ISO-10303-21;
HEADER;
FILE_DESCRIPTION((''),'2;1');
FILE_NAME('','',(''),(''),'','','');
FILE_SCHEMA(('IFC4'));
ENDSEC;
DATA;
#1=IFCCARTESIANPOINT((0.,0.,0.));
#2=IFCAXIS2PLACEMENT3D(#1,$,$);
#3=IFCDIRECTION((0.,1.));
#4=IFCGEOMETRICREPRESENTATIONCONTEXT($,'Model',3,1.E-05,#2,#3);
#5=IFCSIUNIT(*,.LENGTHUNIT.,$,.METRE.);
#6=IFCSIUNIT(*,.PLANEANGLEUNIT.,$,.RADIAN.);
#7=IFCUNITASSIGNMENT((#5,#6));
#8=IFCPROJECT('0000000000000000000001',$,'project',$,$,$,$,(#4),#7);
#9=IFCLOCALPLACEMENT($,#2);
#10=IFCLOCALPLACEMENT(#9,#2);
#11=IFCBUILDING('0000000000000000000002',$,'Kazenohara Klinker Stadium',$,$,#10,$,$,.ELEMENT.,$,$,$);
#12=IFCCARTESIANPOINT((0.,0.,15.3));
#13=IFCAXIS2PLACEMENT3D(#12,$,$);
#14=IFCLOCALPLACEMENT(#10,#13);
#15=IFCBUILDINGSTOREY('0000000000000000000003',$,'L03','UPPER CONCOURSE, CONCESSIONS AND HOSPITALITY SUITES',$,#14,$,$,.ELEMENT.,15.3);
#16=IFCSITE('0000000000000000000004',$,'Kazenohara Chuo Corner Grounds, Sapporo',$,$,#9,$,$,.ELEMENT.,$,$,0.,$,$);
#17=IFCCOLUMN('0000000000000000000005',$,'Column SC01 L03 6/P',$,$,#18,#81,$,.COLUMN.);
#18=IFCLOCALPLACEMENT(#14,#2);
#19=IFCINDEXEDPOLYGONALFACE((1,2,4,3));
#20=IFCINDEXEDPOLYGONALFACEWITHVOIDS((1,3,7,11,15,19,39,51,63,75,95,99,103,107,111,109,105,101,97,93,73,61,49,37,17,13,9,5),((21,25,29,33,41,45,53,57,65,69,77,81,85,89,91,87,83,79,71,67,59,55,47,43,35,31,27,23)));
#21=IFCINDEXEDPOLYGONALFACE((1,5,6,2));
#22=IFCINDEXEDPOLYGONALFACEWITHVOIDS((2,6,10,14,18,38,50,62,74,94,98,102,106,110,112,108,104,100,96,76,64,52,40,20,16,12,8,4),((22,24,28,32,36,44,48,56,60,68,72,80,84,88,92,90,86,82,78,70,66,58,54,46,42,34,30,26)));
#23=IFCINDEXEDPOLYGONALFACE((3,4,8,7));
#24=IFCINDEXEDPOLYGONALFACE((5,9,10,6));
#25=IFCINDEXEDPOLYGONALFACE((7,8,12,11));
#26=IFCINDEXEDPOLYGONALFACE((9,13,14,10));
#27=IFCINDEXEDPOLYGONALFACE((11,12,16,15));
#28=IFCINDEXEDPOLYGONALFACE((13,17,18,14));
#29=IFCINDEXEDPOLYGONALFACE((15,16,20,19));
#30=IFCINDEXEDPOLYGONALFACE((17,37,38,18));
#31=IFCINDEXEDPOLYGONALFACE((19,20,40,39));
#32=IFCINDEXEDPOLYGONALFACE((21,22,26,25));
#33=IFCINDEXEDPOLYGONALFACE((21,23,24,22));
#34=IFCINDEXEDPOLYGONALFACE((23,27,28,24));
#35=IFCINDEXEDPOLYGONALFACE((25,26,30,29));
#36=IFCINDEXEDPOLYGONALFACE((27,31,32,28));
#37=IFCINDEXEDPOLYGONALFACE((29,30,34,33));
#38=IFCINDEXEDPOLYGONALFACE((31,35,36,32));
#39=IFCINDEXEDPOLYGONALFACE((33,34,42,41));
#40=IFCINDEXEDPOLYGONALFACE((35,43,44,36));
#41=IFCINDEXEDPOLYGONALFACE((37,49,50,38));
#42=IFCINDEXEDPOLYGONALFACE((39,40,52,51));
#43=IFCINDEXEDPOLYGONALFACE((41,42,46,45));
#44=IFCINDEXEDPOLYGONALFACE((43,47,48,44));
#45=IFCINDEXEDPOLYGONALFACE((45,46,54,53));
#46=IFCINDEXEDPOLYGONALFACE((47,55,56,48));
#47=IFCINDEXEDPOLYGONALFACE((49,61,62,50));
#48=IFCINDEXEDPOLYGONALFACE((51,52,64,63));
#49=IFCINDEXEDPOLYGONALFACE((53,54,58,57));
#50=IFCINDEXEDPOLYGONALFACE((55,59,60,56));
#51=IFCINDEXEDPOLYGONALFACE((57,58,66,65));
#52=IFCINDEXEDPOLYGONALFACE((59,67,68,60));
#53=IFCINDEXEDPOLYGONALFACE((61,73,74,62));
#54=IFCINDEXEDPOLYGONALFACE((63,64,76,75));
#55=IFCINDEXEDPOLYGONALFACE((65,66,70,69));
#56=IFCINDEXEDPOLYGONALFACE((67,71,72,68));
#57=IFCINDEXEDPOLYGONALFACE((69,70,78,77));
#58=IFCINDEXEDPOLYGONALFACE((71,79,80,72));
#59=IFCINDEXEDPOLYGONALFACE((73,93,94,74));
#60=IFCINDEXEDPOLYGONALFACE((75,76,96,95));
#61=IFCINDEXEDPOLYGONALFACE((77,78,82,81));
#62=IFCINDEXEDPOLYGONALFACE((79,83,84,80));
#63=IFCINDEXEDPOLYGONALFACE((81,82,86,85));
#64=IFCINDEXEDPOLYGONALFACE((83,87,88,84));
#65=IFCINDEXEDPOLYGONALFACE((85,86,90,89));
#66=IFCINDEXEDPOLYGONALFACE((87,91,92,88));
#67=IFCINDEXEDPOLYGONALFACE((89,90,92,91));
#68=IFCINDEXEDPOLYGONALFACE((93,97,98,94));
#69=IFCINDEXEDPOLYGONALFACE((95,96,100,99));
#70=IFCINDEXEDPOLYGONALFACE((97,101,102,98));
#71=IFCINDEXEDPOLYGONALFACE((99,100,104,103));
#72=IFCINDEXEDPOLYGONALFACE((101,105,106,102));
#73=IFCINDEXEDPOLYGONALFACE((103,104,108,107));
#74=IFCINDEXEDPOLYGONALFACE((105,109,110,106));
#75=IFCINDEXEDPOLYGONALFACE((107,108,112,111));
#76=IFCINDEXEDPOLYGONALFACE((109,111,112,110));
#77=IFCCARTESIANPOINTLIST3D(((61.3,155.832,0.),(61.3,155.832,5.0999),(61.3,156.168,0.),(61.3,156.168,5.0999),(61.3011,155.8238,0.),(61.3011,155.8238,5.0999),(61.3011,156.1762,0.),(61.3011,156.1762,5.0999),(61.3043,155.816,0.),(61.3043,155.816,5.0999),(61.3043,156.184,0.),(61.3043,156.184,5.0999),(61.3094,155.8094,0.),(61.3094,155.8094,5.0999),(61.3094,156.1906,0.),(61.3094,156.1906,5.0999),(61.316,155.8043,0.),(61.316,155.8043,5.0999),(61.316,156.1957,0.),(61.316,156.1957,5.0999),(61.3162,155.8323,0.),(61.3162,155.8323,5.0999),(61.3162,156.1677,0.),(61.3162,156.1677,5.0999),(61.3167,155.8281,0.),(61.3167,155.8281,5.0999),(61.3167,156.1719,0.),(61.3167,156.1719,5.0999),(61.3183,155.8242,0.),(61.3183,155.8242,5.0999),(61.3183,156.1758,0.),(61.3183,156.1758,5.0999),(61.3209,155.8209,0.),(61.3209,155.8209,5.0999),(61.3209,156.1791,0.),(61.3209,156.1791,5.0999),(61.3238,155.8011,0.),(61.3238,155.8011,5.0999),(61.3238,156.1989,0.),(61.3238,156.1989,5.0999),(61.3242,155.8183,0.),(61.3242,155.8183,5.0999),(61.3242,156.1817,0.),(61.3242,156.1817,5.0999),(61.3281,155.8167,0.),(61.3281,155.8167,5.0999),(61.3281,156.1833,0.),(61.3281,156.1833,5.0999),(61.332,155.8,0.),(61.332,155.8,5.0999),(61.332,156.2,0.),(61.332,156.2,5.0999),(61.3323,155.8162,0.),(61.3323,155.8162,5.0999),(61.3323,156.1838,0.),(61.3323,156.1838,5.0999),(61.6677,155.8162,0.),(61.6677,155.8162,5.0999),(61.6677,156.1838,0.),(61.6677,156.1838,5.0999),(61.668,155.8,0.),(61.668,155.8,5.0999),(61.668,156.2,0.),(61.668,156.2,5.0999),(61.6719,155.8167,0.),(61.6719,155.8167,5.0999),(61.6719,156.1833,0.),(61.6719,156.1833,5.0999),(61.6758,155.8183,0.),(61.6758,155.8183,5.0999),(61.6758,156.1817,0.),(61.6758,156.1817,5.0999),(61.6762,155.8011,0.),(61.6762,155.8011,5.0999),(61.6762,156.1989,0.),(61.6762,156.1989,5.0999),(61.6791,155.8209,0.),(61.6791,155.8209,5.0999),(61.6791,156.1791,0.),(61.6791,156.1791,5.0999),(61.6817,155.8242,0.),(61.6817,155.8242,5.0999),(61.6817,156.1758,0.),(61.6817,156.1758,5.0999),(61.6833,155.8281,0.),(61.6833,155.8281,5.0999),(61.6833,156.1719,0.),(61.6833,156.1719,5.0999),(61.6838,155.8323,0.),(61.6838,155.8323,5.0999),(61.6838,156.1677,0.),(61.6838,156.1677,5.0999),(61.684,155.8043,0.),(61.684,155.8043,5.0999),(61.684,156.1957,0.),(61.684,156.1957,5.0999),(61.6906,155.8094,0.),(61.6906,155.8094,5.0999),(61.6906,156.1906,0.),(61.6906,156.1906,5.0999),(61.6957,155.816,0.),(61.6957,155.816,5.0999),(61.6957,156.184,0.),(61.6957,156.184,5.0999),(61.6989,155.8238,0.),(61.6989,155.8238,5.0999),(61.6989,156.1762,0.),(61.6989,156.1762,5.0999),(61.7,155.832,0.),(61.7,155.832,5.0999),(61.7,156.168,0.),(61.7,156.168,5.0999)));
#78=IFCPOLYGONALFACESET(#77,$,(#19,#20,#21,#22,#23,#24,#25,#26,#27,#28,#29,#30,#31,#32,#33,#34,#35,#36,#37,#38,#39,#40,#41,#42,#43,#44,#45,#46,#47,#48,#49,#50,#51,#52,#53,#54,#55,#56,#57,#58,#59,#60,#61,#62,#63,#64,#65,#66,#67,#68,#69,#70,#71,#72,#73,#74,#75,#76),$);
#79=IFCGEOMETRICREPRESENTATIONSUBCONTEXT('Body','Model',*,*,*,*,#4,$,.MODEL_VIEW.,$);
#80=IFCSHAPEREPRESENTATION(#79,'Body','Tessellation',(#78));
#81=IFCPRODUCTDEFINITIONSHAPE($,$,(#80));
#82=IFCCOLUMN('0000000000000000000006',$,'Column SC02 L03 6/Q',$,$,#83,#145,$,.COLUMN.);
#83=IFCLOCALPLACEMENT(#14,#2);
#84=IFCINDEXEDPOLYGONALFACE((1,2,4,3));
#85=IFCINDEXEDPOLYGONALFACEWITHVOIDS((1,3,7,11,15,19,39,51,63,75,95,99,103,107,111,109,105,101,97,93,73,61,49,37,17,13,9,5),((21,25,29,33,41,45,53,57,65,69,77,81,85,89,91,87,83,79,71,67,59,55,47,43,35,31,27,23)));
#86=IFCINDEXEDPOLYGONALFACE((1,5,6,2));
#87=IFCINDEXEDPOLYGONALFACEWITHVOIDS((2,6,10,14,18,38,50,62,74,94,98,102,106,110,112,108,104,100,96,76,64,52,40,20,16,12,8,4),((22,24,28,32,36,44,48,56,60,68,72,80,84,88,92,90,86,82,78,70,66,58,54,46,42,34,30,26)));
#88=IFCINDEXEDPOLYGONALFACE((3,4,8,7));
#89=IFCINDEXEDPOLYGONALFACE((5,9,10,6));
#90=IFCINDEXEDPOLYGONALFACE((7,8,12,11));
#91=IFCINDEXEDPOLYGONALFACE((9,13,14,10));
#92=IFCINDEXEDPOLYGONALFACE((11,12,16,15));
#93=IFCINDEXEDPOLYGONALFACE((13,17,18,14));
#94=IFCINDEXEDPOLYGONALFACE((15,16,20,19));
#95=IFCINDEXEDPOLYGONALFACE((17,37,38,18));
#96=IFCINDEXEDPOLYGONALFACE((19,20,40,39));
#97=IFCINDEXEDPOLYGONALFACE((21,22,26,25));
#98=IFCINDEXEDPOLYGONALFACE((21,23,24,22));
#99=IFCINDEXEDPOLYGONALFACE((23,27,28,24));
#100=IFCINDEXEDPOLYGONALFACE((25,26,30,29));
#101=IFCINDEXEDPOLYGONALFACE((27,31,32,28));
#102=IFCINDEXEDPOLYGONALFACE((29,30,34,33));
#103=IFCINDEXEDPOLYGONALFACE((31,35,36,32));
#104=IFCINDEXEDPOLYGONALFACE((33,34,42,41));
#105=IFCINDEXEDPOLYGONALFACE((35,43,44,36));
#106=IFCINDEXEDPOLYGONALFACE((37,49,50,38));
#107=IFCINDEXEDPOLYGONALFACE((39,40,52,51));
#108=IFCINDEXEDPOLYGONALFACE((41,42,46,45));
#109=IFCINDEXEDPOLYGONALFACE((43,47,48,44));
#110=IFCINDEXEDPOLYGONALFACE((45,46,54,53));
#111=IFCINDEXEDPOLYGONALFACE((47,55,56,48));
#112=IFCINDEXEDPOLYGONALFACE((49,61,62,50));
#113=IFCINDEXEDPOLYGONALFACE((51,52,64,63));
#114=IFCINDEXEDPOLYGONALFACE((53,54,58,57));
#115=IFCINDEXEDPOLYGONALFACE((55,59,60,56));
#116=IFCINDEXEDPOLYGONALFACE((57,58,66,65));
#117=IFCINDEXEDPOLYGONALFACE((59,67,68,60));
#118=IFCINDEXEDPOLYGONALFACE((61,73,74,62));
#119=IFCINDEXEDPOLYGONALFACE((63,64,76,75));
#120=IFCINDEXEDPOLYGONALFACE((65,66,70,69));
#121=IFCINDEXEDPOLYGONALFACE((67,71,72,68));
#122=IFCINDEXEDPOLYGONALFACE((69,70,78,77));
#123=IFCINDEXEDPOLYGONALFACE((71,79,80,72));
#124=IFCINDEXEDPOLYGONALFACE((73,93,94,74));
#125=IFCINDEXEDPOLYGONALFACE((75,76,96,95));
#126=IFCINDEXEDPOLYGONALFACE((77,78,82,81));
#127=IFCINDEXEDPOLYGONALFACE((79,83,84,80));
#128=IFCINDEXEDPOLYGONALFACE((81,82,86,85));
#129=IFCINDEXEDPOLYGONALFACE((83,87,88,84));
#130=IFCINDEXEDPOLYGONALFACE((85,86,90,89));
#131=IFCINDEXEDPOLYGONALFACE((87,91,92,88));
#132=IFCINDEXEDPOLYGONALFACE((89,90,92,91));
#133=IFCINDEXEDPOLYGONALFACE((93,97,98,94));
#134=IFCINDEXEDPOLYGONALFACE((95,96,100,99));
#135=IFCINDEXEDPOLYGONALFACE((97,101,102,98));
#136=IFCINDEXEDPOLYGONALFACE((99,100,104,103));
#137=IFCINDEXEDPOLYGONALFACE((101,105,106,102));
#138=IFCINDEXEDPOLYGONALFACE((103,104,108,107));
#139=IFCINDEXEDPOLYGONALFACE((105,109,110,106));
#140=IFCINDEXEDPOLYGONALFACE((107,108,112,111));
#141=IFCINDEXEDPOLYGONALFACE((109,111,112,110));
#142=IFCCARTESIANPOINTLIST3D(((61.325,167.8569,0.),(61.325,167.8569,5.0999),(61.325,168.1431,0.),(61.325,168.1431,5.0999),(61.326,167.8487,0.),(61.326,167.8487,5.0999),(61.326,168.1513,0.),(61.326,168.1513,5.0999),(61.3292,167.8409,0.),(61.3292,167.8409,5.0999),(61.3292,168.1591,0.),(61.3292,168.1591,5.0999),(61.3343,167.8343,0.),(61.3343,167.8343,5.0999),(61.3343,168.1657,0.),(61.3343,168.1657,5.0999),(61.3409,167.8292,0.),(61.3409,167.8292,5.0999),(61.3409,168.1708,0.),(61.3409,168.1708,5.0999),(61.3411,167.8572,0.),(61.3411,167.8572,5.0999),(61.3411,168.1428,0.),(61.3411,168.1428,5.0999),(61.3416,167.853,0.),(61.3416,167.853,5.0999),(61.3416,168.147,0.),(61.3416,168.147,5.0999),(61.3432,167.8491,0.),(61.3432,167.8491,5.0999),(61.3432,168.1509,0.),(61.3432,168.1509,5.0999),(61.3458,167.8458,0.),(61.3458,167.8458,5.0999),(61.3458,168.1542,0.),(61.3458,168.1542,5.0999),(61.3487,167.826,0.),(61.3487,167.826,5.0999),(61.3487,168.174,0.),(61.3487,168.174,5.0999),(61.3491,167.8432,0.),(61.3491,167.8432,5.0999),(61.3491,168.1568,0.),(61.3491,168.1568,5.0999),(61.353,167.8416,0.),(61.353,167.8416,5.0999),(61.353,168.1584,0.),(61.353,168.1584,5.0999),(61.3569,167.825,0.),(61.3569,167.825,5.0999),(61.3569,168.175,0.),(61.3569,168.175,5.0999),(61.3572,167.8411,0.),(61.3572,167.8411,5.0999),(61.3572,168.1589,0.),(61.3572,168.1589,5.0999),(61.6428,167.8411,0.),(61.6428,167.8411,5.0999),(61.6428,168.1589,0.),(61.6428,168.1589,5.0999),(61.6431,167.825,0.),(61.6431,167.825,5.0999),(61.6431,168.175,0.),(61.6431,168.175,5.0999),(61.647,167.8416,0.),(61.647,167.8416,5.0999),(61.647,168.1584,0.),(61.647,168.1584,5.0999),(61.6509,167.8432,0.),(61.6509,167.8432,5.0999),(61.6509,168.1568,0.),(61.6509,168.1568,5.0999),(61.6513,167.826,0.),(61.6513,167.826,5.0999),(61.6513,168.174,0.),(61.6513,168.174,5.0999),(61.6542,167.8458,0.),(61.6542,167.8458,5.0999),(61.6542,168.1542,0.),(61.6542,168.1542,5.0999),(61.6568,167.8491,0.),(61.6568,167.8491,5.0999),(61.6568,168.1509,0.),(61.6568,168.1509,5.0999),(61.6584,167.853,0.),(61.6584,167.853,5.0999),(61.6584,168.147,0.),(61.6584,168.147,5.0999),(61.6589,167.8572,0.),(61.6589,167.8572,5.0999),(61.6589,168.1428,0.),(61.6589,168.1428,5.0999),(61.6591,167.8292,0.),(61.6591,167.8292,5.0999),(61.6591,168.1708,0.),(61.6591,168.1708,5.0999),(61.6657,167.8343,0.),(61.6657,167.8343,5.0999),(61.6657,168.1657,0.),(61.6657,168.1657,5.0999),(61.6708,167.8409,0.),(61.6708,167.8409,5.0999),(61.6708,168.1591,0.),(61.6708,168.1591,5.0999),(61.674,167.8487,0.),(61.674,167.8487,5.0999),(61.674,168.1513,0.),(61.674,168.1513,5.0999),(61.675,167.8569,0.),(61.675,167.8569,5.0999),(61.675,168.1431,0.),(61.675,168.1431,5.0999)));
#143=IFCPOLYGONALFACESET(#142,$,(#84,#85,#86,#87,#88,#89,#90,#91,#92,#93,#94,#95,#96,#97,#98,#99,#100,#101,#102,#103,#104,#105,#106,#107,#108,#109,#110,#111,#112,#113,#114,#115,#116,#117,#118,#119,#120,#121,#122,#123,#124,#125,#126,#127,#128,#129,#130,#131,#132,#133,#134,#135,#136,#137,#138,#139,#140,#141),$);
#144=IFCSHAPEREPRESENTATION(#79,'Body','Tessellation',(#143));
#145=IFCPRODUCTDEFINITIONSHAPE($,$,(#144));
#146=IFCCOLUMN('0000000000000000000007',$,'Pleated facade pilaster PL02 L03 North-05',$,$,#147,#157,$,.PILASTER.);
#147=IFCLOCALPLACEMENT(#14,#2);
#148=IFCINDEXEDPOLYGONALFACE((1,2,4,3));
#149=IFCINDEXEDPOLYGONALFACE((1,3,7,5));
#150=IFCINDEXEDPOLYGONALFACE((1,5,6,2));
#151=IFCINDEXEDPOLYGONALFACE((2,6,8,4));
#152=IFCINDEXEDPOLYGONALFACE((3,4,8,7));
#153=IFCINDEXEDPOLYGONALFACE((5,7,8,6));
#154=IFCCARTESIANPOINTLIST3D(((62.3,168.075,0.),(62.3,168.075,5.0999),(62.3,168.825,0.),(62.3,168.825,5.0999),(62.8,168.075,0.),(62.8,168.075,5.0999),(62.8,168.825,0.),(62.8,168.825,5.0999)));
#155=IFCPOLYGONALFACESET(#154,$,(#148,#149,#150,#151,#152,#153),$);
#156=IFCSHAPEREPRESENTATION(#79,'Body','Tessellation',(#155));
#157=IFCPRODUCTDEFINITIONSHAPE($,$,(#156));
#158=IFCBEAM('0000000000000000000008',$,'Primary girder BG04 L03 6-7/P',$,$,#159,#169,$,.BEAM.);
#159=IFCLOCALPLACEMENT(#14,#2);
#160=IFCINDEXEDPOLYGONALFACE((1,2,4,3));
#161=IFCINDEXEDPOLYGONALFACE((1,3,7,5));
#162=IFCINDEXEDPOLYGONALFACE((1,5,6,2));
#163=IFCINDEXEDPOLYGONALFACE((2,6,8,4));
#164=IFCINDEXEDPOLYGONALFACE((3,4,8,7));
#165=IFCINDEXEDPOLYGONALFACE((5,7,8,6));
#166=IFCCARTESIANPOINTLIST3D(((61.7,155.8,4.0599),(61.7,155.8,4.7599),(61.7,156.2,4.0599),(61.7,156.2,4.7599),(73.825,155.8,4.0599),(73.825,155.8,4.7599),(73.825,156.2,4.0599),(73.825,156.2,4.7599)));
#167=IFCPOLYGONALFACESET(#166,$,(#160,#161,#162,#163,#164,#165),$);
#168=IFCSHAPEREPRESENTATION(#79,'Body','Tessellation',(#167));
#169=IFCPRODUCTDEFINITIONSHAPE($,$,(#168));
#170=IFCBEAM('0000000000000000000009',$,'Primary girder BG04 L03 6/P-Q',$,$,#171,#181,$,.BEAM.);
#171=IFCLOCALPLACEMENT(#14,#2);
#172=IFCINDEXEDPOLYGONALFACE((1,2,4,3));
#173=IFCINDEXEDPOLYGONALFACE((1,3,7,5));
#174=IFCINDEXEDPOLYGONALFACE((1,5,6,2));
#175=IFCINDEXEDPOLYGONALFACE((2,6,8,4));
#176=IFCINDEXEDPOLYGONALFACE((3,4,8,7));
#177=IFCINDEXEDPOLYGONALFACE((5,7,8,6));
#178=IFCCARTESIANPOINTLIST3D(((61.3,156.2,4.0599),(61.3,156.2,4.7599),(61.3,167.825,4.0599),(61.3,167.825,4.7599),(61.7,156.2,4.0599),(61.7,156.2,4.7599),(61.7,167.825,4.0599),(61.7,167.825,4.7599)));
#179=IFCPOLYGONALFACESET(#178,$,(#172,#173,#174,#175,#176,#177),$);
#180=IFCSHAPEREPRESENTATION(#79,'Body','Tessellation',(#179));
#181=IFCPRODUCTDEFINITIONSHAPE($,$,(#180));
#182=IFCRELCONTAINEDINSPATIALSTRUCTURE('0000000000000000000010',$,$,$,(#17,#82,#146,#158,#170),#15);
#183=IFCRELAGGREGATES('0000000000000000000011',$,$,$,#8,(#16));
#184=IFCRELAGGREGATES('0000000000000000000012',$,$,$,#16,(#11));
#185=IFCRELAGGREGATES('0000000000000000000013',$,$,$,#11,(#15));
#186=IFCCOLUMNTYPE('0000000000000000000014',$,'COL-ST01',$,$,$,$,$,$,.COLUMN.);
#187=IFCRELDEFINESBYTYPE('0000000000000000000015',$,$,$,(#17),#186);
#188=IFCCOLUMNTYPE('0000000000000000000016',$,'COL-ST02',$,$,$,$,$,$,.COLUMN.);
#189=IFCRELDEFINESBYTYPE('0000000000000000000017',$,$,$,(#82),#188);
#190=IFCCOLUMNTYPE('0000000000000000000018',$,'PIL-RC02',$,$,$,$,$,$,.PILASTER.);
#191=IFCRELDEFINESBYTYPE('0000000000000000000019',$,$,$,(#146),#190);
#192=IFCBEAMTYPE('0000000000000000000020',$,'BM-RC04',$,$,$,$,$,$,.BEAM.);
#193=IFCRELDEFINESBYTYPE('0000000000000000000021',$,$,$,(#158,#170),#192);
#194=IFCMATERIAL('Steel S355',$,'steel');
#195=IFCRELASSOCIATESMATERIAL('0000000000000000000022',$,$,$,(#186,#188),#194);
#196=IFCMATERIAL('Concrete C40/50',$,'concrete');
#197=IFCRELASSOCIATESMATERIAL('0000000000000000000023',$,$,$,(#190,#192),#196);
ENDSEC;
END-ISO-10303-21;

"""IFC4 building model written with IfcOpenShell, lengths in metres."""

from ifc_helpers import new_model, si_unit, direction, frame, origin, origin_2d, place, context, subcontext, project, spatial, rectangle, hollow_rectangle, extrude, material, material_profile, profile_set, type_object, element, save


model = new_model("IFC4")

# Units and contexts
model_context = context("Model", 3, precision=1e-05, world=origin(), true_north=direction((0.0, 1.0)))
body_context = subcontext(model_context, "Body", "Model", "MODEL_VIEW")
ifc_project = project(units=[si_unit("LENGTHUNIT", "METRE"), si_unit("PLANEANGLEUNIT", "RADIAN")], contexts=[model_context])

# Site, building, storey
site_placement = place(None, origin())
site = spatial("IfcSite", under=ifc_project, at=site_placement, Name="Kazenohara Chuo Corner Grounds, Sapporo", CompositionType="ELEMENT", RefElevation=0.0)
building_placement = place(site_placement, origin())
building = spatial("IfcBuilding", under=site, at=building_placement, Name="Kazenohara Klinker Stadium", CompositionType="ELEMENT")
storey_placement = place(building_placement, frame((0.0, 0.0, 15.3)))
storey = spatial("IfcBuildingStorey", under=building, at=storey_placement, Name="L03", Description="UPPER CONCOURSE, CONCESSIONS AND HOSPITALITY SUITES", CompositionType="ELEMENT", Elevation=15.3)

# Columns
ifc_material_1 = material(Name="Steel S355", Category="steel")
ifc_material_profile_1 = material_profile(ifc_material_1, hollow_rectangle(XDim=0.3999, YDim=0.3999, WallThickness=0.0161, InnerFilletRadius=0.0161, OuterFilletRadius=0.032, at=origin_2d()), Name="SHS-400x400x16")
ifc_profile_set_1 = profile_set([ifc_material_profile_1], Name="Steel S355")
column_type_1 = type_object("IfcColumnType", Name="COL-ST01", PredefinedType="COLUMN", material=ifc_profile_set_1)
column_1_placement = place(storey_placement, frame((61.5, 156.0, 0.0), z_axis=(0.0, 0.0, 1.0), x_axis=(1.0, 0.0, 0.0)))
element("IfcColumn", 1, at=column_1_placement, inside=storey, type_object=column_type_1, Name="Column SC01 L03 6/P", PredefinedType="COLUMN", context=body_context, shape_type="SweptSolid", body=[
    extrude(hollow_rectangle(XDim=0.3999, YDim=0.3999, WallThickness=0.0161, InnerFilletRadius=0.0161, OuterFilletRadius=0.032, at=origin_2d()), origin(), (0.0, 0.0, 1.0), 5.0999),
])
ifc_material_profile_2 = material_profile(ifc_material_1, hollow_rectangle(XDim=0.3501, YDim=0.3501, WallThickness=0.0161, InnerFilletRadius=0.0161, OuterFilletRadius=0.032, at=origin_2d()), Name="SHS-350x350x16")
ifc_profile_set_2 = profile_set([ifc_material_profile_2], Name="Steel S355")
column_type_2 = type_object("IfcColumnType", Name="COL-ST02", PredefinedType="COLUMN", material=ifc_profile_set_2)
column_2_placement = place(storey_placement, frame((61.5, 168.0, 0.0), z_axis=(0.0, 0.0, 1.0), x_axis=(1.0, 0.0, 0.0)))
element("IfcColumn", 2, at=column_2_placement, inside=storey, type_object=column_type_2, Name="Column SC02 L03 6/Q", PredefinedType="COLUMN", context=body_context, shape_type="SweptSolid", body=[
    extrude(hollow_rectangle(XDim=0.3501, YDim=0.3501, WallThickness=0.0161, InnerFilletRadius=0.0161, OuterFilletRadius=0.032, at=origin_2d()), origin(), (0.0, 0.0, 1.0), 5.0999),
])
ifc_material_2 = material(Name="Concrete C40/50", Category="concrete")
ifc_material_profile_3 = material_profile(ifc_material_2, rectangle(XDim=0.5, YDim=0.75, at=origin_2d()), Name="RC-PILASTER-500x750")
ifc_profile_set_3 = profile_set([ifc_material_profile_3], Name="Concrete C40/50")
column_type_3 = type_object("IfcColumnType", Name="PIL-RC02", PredefinedType="PILASTER", material=ifc_profile_set_3)
column_3_placement = place(storey_placement, frame((62.55, 168.45, 0.0), z_axis=(0.0, 0.0, 1.0), x_axis=(1.0, 0.0, 0.0)))
element("IfcColumn", 3, at=column_3_placement, inside=storey, type_object=column_type_3, Name="Pleated facade pilaster PL02 L03 North-05", PredefinedType="PILASTER", context=body_context, shape_type="SweptSolid", body=[
    extrude(rectangle(XDim=0.5, YDim=0.75, at=origin_2d()), origin(), (0.0, 0.0, 1.0), 5.0999),
])

# Beams
ifc_material_profile_4 = material_profile(ifc_material_2, rectangle(XDim=0.3999, YDim=0.7, at=origin_2d()), Name="RC-BM-400x700")
ifc_profile_set_4 = profile_set([ifc_material_profile_4], Name="Concrete C40/50")
beam_type_1 = type_object("IfcBeamType", Name="BM-RC04", PredefinedType="BEAM", material=ifc_profile_set_4)
beam_1_placement = place(storey_placement, frame((61.7, 156.0, 4.4099), z_axis=(1.0, 0.0, 0.0), x_axis=(0.0, 1.0, 0.0)))
element("IfcBeam", 4, at=beam_1_placement, inside=storey, type_object=beam_type_1, Name="Primary girder BG04 L03 6-7/P", PredefinedType="BEAM", context=body_context, shape_type="SweptSolid", body=[
    extrude(rectangle(XDim=0.3999, YDim=0.7, at=origin_2d()), origin(), (0.0, 0.0, 1.0), 12.125),
])
beam_2_placement = place(storey_placement, frame((61.5, 156.2, 4.4099), z_axis=(0.0, 1.0, 0.0), x_axis=(-1.0, 0.0, 0.0)))
element("IfcBeam", 5, at=beam_2_placement, inside=storey, type_object=beam_type_1, Name="Primary girder BG04 L03 6/P-Q", PredefinedType="BEAM", context=body_context, shape_type="SweptSolid", body=[
    extrude(rectangle(XDim=0.3999, YDim=0.7, at=origin_2d()), origin(), (0.0, 0.0, 1.0), 11.625),
])

save(model, "model.ifc")
